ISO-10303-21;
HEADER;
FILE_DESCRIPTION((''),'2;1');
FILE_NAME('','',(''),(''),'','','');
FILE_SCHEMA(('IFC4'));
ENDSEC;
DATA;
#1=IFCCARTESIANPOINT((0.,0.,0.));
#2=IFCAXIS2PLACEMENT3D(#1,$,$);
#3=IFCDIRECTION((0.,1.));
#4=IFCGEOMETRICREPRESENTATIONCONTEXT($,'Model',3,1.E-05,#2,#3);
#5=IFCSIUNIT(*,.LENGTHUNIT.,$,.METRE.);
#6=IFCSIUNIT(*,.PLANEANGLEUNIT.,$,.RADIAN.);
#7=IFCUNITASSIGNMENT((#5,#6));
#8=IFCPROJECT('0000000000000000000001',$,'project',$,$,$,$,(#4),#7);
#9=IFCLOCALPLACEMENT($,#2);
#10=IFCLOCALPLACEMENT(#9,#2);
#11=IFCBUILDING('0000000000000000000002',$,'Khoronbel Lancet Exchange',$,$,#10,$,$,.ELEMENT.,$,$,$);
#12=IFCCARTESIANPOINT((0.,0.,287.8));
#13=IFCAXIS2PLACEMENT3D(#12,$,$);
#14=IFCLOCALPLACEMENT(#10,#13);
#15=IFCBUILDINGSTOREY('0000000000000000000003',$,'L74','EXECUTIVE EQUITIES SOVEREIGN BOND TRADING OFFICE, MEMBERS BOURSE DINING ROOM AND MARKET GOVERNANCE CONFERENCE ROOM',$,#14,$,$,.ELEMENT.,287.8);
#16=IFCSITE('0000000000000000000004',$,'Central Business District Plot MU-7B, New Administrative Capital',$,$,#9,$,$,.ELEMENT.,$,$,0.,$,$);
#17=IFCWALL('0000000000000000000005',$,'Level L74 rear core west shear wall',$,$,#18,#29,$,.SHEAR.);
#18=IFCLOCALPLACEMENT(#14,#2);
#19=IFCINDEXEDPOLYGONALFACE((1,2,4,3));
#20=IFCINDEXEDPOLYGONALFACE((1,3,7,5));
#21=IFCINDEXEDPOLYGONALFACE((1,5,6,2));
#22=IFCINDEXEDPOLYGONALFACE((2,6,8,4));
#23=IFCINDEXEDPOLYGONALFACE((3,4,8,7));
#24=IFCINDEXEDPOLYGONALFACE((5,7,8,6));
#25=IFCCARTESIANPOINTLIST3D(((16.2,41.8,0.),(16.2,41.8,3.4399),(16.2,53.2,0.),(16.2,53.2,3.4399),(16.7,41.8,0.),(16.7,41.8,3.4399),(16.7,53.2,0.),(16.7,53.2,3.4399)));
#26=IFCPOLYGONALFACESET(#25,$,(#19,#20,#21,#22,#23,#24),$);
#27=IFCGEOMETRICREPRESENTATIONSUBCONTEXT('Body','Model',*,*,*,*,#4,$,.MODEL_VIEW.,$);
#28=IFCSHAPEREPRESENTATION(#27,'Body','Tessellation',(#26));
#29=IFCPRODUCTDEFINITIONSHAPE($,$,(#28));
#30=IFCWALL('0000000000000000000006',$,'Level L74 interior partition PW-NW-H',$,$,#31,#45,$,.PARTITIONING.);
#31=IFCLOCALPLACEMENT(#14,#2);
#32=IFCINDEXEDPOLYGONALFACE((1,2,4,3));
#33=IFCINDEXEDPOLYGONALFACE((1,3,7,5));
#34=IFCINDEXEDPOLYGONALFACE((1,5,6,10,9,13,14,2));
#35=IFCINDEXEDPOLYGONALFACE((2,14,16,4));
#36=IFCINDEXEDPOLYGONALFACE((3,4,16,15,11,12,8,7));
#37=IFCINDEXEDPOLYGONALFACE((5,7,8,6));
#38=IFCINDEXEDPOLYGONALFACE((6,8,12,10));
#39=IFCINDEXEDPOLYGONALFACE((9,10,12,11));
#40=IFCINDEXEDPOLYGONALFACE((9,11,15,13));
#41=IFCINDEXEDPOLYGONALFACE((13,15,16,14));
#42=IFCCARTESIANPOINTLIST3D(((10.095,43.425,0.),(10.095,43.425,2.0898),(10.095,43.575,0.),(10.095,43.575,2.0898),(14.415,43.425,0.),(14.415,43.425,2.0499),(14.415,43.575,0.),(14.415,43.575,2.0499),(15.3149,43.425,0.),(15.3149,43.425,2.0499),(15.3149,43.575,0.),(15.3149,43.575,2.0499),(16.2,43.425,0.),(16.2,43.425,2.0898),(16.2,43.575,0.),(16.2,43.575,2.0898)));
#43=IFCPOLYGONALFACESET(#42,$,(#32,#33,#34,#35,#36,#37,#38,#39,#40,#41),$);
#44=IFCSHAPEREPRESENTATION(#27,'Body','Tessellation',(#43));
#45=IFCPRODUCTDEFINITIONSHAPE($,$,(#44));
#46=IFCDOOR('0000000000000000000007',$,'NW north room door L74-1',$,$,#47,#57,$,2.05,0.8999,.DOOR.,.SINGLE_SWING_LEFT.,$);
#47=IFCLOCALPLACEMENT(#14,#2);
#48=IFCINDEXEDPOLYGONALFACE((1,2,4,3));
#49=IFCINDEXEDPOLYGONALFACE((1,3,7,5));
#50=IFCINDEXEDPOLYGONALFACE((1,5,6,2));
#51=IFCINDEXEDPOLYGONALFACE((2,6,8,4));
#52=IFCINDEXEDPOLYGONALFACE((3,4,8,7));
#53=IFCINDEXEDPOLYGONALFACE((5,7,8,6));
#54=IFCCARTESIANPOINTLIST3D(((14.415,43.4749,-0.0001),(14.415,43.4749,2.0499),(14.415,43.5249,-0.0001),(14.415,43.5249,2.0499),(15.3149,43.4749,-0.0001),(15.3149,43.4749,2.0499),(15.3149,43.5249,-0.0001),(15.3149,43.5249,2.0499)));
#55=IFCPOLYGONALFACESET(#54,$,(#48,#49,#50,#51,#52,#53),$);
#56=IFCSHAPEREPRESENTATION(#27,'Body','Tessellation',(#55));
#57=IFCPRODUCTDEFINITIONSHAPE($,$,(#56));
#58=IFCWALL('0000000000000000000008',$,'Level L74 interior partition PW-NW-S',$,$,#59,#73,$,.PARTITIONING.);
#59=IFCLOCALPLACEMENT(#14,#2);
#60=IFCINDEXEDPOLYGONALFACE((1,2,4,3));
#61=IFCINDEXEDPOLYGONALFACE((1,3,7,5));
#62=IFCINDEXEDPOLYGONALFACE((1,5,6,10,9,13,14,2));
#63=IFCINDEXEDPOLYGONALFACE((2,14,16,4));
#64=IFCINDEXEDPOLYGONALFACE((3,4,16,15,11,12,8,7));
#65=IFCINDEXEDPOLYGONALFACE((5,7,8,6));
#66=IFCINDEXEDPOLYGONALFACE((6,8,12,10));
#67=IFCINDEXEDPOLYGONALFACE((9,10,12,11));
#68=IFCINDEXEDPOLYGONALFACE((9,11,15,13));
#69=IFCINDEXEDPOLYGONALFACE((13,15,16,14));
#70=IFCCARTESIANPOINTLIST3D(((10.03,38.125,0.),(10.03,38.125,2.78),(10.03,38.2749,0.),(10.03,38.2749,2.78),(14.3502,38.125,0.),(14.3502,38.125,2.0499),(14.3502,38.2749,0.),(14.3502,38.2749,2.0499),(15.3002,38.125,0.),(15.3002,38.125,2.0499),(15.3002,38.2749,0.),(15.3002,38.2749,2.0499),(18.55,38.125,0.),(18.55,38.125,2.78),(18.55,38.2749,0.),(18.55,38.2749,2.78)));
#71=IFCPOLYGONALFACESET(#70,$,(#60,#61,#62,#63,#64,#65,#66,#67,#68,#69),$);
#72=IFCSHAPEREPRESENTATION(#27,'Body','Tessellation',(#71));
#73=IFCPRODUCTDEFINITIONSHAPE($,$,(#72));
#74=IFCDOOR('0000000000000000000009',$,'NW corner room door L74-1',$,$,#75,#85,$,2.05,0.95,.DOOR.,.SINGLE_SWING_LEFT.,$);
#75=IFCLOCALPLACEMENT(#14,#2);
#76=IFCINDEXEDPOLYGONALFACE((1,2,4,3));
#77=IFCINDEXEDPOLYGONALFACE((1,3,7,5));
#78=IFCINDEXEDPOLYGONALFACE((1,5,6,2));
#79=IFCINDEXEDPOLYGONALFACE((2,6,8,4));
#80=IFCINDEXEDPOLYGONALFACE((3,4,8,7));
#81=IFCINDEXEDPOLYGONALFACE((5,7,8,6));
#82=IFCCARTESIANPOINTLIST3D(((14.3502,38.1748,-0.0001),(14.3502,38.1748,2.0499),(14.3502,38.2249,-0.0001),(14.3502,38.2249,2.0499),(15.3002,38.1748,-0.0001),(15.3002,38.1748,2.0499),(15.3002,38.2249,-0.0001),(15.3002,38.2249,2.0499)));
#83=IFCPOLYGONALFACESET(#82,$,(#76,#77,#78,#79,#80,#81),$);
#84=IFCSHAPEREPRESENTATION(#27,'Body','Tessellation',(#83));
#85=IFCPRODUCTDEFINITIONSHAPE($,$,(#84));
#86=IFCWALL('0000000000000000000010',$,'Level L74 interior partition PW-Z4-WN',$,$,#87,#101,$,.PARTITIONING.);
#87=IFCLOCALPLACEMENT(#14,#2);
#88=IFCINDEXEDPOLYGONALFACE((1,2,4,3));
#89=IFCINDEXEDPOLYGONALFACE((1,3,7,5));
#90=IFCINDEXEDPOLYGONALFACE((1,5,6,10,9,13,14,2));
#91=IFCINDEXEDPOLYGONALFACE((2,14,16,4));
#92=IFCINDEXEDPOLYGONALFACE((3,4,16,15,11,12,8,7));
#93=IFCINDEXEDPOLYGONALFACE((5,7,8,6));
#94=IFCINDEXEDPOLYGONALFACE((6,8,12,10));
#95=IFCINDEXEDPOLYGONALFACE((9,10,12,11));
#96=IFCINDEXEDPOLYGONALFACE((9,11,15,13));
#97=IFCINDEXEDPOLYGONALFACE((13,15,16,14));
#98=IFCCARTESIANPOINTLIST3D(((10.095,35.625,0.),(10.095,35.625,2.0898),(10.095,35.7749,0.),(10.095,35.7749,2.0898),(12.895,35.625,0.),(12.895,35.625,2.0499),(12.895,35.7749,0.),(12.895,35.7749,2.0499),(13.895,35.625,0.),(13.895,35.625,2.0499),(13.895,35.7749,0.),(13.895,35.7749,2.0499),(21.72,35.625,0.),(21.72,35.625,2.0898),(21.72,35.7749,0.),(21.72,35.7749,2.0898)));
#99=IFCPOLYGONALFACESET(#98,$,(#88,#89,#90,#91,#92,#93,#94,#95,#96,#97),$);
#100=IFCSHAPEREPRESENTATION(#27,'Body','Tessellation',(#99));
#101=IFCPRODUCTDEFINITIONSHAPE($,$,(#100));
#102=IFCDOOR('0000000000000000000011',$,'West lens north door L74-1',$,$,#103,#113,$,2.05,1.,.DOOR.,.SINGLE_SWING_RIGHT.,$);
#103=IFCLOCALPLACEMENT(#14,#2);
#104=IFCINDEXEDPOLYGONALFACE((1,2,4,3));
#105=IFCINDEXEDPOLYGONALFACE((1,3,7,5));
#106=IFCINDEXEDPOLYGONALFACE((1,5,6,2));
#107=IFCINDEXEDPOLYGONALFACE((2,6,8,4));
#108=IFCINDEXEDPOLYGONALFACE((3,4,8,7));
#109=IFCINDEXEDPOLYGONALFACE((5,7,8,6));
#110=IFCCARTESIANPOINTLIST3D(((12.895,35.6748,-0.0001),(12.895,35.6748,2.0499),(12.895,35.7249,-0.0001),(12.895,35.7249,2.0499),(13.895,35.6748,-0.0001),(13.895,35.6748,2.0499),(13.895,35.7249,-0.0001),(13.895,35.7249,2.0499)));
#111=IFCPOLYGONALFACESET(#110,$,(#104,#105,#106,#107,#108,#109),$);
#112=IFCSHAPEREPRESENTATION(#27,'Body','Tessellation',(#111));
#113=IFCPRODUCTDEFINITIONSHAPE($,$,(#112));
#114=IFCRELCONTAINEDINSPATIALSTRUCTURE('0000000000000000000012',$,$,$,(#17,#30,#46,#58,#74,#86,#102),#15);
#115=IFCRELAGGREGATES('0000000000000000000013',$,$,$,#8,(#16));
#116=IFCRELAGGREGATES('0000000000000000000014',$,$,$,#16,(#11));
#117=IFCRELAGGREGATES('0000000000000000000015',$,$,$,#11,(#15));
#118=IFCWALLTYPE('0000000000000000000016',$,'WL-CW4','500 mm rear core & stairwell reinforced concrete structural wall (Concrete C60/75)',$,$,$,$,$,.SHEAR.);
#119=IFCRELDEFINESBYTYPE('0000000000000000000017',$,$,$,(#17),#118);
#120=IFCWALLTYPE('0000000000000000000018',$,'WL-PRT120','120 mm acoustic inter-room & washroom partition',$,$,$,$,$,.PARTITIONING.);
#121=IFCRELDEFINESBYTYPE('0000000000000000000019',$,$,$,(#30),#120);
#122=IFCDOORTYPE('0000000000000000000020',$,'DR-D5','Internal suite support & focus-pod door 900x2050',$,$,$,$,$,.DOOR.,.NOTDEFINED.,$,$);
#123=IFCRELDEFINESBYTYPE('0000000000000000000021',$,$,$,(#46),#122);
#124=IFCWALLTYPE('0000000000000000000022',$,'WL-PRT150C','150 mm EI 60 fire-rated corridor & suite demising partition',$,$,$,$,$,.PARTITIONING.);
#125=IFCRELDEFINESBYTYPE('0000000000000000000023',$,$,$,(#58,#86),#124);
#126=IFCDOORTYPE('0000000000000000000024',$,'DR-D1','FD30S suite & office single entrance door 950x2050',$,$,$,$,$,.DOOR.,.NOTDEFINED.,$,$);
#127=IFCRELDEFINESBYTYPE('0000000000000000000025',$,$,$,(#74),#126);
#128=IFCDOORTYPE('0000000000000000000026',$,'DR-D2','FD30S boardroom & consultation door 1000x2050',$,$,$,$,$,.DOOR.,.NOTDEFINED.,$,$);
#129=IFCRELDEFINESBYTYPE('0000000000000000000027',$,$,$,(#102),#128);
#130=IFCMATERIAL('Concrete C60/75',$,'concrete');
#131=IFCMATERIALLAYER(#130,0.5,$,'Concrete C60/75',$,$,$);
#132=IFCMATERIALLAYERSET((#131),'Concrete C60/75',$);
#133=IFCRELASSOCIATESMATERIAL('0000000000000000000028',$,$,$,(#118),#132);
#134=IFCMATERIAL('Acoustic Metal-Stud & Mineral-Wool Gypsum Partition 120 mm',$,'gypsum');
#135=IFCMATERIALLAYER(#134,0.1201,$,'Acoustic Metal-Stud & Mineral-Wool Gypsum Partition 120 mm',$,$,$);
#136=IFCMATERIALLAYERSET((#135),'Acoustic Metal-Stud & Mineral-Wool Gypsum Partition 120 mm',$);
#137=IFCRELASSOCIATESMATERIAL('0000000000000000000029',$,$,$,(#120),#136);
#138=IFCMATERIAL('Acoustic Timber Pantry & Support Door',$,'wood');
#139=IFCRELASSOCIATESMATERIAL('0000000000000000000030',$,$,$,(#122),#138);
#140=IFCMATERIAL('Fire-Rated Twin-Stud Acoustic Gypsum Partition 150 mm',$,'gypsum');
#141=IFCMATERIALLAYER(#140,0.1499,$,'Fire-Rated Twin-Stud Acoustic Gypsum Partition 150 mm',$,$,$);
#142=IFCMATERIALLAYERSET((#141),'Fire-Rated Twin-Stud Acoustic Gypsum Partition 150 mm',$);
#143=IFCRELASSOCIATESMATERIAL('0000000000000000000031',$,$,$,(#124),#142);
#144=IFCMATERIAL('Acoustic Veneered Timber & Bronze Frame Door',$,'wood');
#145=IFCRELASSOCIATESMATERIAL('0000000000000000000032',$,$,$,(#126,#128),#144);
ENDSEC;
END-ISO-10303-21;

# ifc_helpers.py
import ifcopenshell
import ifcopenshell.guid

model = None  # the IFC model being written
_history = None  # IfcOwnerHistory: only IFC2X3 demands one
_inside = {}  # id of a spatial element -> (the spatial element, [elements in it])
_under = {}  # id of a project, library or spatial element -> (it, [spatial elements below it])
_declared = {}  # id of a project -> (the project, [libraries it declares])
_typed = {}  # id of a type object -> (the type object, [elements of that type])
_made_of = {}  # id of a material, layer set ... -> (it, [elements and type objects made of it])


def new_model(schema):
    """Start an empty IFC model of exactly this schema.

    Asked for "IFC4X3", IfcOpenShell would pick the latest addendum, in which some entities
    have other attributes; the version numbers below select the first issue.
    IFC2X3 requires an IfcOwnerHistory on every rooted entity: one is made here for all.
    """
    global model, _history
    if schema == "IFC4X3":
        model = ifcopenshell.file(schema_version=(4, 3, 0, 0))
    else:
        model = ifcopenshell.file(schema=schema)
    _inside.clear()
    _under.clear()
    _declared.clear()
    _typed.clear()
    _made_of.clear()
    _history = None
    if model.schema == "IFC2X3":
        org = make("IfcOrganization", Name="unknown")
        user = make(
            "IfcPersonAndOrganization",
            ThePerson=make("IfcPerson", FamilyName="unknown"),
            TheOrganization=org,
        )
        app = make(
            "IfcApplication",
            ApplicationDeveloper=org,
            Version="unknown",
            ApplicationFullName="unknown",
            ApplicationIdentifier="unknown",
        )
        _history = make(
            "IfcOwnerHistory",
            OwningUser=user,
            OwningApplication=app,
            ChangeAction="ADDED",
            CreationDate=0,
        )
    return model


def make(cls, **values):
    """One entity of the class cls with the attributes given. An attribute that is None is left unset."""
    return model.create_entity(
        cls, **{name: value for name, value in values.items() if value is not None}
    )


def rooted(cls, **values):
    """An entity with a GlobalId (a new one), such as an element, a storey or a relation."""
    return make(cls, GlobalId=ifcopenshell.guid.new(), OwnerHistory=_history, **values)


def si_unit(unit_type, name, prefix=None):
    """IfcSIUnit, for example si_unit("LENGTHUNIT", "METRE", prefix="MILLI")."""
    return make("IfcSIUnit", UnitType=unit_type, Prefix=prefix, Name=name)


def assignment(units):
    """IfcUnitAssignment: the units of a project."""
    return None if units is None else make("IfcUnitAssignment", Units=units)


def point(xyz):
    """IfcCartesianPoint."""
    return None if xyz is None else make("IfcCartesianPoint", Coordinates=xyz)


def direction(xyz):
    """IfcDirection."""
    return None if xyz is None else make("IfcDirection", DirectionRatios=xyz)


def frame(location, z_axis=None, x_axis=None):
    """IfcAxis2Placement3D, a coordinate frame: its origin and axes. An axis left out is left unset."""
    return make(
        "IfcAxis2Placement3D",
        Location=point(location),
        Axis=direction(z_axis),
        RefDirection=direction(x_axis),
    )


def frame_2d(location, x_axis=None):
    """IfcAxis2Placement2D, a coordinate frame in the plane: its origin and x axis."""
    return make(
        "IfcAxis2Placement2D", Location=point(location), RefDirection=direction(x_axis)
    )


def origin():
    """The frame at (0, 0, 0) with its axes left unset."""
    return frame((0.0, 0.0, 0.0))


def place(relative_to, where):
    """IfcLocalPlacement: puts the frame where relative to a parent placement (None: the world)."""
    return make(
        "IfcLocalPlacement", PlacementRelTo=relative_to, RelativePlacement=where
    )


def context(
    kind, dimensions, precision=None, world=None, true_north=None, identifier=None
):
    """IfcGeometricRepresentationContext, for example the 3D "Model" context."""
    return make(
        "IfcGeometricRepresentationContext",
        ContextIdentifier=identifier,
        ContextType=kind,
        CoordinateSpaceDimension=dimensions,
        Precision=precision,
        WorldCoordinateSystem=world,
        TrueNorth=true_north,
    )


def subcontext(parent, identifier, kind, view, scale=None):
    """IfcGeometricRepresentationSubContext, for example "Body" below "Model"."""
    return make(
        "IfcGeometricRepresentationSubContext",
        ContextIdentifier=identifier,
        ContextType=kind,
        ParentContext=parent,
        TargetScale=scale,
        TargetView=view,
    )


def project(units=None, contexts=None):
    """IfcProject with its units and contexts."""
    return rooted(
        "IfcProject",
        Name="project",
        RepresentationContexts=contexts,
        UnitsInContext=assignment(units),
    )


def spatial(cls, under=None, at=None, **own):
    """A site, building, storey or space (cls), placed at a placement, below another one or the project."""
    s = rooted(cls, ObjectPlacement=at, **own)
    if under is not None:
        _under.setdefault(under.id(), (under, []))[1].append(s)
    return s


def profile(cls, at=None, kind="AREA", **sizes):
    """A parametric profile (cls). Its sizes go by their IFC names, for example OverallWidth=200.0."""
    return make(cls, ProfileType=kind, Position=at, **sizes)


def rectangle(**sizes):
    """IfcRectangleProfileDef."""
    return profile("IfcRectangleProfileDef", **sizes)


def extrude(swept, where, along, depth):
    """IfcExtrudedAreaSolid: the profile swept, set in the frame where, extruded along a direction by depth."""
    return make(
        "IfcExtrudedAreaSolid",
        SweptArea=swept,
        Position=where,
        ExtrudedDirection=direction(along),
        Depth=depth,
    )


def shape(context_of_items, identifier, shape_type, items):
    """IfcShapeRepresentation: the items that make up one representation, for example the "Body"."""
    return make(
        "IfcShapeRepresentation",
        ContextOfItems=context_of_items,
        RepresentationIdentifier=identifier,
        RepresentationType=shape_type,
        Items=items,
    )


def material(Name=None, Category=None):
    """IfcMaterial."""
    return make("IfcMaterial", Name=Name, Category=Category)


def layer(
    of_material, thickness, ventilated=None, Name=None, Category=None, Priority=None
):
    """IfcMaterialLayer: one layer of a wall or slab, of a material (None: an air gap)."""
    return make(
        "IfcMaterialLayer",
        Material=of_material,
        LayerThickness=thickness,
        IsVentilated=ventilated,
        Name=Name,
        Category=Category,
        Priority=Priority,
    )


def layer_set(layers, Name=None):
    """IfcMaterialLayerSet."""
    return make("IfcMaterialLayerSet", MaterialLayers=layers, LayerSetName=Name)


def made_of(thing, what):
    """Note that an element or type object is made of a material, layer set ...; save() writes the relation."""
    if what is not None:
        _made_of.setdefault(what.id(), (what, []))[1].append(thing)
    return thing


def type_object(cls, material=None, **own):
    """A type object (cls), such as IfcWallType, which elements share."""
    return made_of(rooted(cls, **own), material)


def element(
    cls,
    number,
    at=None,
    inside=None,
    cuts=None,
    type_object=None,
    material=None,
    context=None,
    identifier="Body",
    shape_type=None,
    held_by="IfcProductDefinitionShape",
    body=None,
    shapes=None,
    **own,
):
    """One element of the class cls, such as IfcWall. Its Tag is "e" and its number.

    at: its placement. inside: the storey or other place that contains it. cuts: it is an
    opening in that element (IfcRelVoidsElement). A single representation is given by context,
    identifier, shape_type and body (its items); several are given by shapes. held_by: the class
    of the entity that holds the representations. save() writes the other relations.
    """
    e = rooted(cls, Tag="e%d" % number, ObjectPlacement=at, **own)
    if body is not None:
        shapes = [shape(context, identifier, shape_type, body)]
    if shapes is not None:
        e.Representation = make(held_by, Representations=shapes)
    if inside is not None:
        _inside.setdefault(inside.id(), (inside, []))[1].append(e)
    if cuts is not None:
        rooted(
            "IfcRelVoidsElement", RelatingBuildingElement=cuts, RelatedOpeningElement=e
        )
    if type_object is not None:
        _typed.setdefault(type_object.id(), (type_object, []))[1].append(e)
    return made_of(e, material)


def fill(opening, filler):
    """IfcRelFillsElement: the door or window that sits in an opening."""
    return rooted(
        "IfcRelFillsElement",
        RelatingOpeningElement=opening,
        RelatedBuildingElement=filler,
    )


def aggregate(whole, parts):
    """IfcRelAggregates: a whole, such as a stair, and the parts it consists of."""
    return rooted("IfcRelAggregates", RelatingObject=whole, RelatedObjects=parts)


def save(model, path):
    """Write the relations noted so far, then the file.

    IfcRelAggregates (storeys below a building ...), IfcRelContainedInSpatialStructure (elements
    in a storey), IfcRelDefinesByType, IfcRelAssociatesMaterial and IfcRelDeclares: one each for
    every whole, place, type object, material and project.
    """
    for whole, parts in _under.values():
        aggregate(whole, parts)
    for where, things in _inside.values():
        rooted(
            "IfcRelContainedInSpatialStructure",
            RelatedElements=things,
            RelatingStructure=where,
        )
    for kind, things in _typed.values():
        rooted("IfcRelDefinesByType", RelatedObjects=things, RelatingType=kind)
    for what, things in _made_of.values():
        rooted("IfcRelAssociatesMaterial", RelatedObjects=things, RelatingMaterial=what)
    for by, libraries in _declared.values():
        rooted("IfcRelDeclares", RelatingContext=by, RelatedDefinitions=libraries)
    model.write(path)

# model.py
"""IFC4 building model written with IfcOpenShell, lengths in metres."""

from ifc_helpers import new_model, si_unit, direction, frame, frame_2d, origin, place, context, subcontext, project, spatial, rectangle, extrude, material, layer, layer_set, type_object, element, fill, save


model = new_model("IFC4")

# Units and contexts
model_context = context("Model", 3, precision=1e-05, world=origin(), true_north=direction((0.0, 1.0)))
body_context = subcontext(model_context, "Body", "Model", "MODEL_VIEW")
ifc_project = project(units=[si_unit("LENGTHUNIT", "METRE"), si_unit("PLANEANGLEUNIT", "RADIAN")], contexts=[model_context])

# Site, building, storey
site_placement = place(None, origin())
site = spatial("IfcSite", under=ifc_project, at=site_placement, Name="Central Business District Plot MU-7B, New Administrative Capital", CompositionType="ELEMENT", RefElevation=0.0)
building_placement = place(site_placement, origin())
building = spatial("IfcBuilding", under=site, at=building_placement, Name="Khoronbel Lancet Exchange", CompositionType="ELEMENT")
storey_placement = place(building_placement, frame((0.0, 0.0, 287.8)))
storey = spatial("IfcBuildingStorey", under=building, at=storey_placement, Name="L74", Description="EXECUTIVE EQUITIES SOVEREIGN BOND TRADING OFFICE, MEMBERS BOURSE DINING ROOM AND MARKET GOVERNANCE CONFERENCE ROOM", CompositionType="ELEMENT", Elevation=287.8)

# Wall
ifc_material_1 = material(Name="Concrete C60/75", Category="concrete")
ifc_layer_1 = layer(ifc_material_1, 0.5, Name="Concrete C60/75")
ifc_layer_set_1 = layer_set([ifc_layer_1], Name="Concrete C60/75")
wall_type_1 = type_object("IfcWallType", Name="WL-CW4", Description="500 mm rear core & stairwell reinforced concrete structural wall (Concrete C60/75)", PredefinedType="SHEAR", material=ifc_layer_set_1)
wall_1_placement = place(storey_placement, frame((16.45, 41.8, 0.0), z_axis=(0.0, 0.0, 1.0), x_axis=(0.0, 1.0, 0.0)))
element("IfcWall", 1, at=wall_1_placement, inside=storey, type_object=wall_type_1, Name="Level L74 rear core west shear wall", PredefinedType="SHEAR", context=body_context, shape_type="SweptSolid", body=[
    extrude(rectangle(XDim=11.3999, YDim=0.5, at=frame_2d((5.7, 0.0))), origin(), (0.0, 0.0, 1.0), 3.4399),
])

# Walls, openings, doors
ifc_material_2 = material(Name="Acoustic Metal-Stud & Mineral-Wool Gypsum Partition 120 mm", Category="gypsum")
ifc_layer_2 = layer(ifc_material_2, 0.1201, Name="Acoustic Metal-Stud & Mineral-Wool Gypsum Partition 120 mm")
ifc_layer_set_2 = layer_set([ifc_layer_2], Name="Acoustic Metal-Stud & Mineral-Wool Gypsum Partition 120 mm")
wall_type_2 = type_object("IfcWallType", Name="WL-PRT120", Description="120 mm acoustic inter-room & washroom partition", PredefinedType="PARTITIONING", material=ifc_layer_set_2)
wall_2_placement = place(storey_placement, frame((10.095, 43.5, 0.0), z_axis=(0.0, 0.0, 1.0), x_axis=(1.0, 0.0, 0.0)))
wall_2 = element("IfcWall", 2, at=wall_2_placement, inside=storey, type_object=wall_type_2, Name="Level L74 interior partition PW-NW-H", PredefinedType="PARTITIONING", context=body_context, shape_type="SweptSolid", body=[
    extrude(rectangle(XDim=6.105, YDim=0.1499, at=frame_2d((3.0525, 0.0))), origin(), (0.0, 0.0, 1.0), 2.0898),
])
opening_1_placement = place(wall_2_placement, frame((4.3201, 0.0, 0.0)))
opening_1 = element("IfcOpeningElement", 3, at=opening_1_placement, cuts=wall_2, PredefinedType="OPENING", context=body_context, shape_type="SweptSolid", body=[
    extrude(rectangle(XDim=0.8999, YDim=2.05, at=frame_2d((0.45, 1.0249))), frame((0.0, 0.085, 0.0), z_axis=(0.0, -1.0, 0.0), x_axis=(1.0, 0.0, 0.0)), (0.0, 0.0, 1.0), 0.1699),
])
ifc_material_3 = material(Name="Acoustic Timber Pantry & Support Door", Category="wood")
door_type_1 = type_object("IfcDoorType", Name="DR-D5", Description="Internal suite support & focus-pod door 900x2050", OperationType="NOTDEFINED", PredefinedType="DOOR", material=ifc_material_3)
door_1_placement = place(opening_1_placement, origin())
door_1 = element("IfcDoor", 4, at=door_1_placement, inside=storey, type_object=door_type_1, Name="NW north room door L74-1", OperationType="SINGLE_SWING_LEFT", OverallHeight=2.05, OverallWidth=0.8999, PredefinedType="DOOR", context=body_context, shape_type="SweptSolid", body=[
    extrude(rectangle(XDim=0.8999, YDim=2.05, at=frame_2d((0.45, 1.0249))), frame((0.0, 0.0249, 0.0), z_axis=(0.0, -1.0, 0.0), x_axis=(1.0, 0.0, 0.0)), (0.0, 0.0, 1.0), 0.05),
])
fill(opening_1, door_1)
ifc_material_4 = material(Name="Fire-Rated Twin-Stud Acoustic Gypsum Partition 150 mm", Category="gypsum")
ifc_layer_3 = layer(ifc_material_4, 0.1499, Name="Fire-Rated Twin-Stud Acoustic Gypsum Partition 150 mm")
ifc_layer_set_3 = layer_set([ifc_layer_3], Name="Fire-Rated Twin-Stud Acoustic Gypsum Partition 150 mm")
wall_type_3 = type_object("IfcWallType", Name="WL-PRT150C", Description="150 mm EI 60 fire-rated corridor & suite demising partition", PredefinedType="PARTITIONING", material=ifc_layer_set_3)
wall_3_placement = place(storey_placement, frame((10.03, 38.2, 0.0), z_axis=(0.0, 0.0, 1.0), x_axis=(1.0, 0.0, 0.0)))
wall_3 = element("IfcWall", 5, at=wall_3_placement, inside=storey, type_object=wall_type_3, Name="Level L74 interior partition PW-NW-S", PredefinedType="PARTITIONING", context=body_context, shape_type="SweptSolid", body=[
    extrude(rectangle(XDim=8.52, YDim=0.1499, at=frame_2d((4.26, 0.0))), origin(), (0.0, 0.0, 1.0), 2.78),
])
opening_2_placement = place(wall_3_placement, frame((4.3201, 0.0, 0.0)))
opening_2 = element("IfcOpeningElement", 6, at=opening_2_placement, cuts=wall_3, PredefinedType="OPENING", context=body_context, shape_type="SweptSolid", body=[
    extrude(rectangle(XDim=0.95, YDim=2.05, at=frame_2d((0.4751, 1.0249))), frame((0.0, 0.085, 0.0), z_axis=(0.0, -1.0, 0.0), x_axis=(1.0, 0.0, 0.0)), (0.0, 0.0, 1.0), 0.1699),
])
ifc_material_5 = material(Name="Acoustic Veneered Timber & Bronze Frame Door", Category="wood")
door_type_2 = type_object("IfcDoorType", Name="DR-D1", Description="FD30S suite & office single entrance door 950x2050", OperationType="NOTDEFINED", PredefinedType="DOOR", material=ifc_material_5)
door_2_placement = place(opening_2_placement, origin())
door_2 = element("IfcDoor", 7, at=door_2_placement, inside=storey, type_object=door_type_2, Name="NW corner room door L74-1", OperationType="SINGLE_SWING_LEFT", OverallHeight=2.05, OverallWidth=0.95, PredefinedType="DOOR", context=body_context, shape_type="SweptSolid", body=[
    extrude(rectangle(XDim=0.95, YDim=2.05, at=frame_2d((0.4751, 1.0249))), frame((0.0, 0.0249, 0.0), z_axis=(0.0, -1.0, 0.0), x_axis=(1.0, 0.0, 0.0)), (0.0, 0.0, 1.0), 0.05),
])
fill(opening_2, door_2)
wall_4_placement = place(storey_placement, frame((10.095, 35.7, 0.0), z_axis=(0.0, 0.0, 1.0), x_axis=(1.0, 0.0, 0.0)))
wall_4 = element("IfcWall", 8, at=wall_4_placement, inside=storey, type_object=wall_type_3, Name="Level L74 interior partition PW-Z4-WN", PredefinedType="PARTITIONING", context=body_context, shape_type="SweptSolid", body=[
    extrude(rectangle(XDim=11.625, YDim=0.1499, at=frame_2d((5.8125, 0.0))), origin(), (0.0, 0.0, 1.0), 2.0898),
])
opening_3_placement = place(wall_4_placement, frame((2.8, 0.0, 0.0)))
opening_3 = element("IfcOpeningElement", 9, at=opening_3_placement, cuts=wall_4, PredefinedType="OPENING", context=body_context, shape_type="SweptSolid", body=[
    extrude(rectangle(XDim=1.0, YDim=2.05, at=frame_2d((0.5, 1.0249))), frame((0.0, 0.085, 0.0), z_axis=(0.0, -1.0, 0.0), x_axis=(1.0, 0.0, 0.0)), (0.0, 0.0, 1.0), 0.1699),
])
door_type_3 = type_object("IfcDoorType", Name="DR-D2", Description="FD30S boardroom & consultation door 1000x2050", OperationType="NOTDEFINED", PredefinedType="DOOR", material=ifc_material_5)
door_3_placement = place(opening_3_placement, origin())
door_3 = element("IfcDoor", 10, at=door_3_placement, inside=storey, type_object=door_type_3, Name="West lens north door L74-1", OperationType="SINGLE_SWING_RIGHT", OverallHeight=2.05, OverallWidth=1.0, PredefinedType="DOOR", context=body_context, shape_type="SweptSolid", body=[
    extrude(rectangle(XDim=1.0, YDim=2.05, at=frame_2d((0.5, 1.0249))), frame((0.0, 0.0249, 0.0), z_axis=(0.0, -1.0, 0.0), x_axis=(1.0, 0.0, 0.0)), (0.0, 0.0, 1.0), 0.05),
])
fill(opening_3, door_3)

save(model, "model.ifc")
